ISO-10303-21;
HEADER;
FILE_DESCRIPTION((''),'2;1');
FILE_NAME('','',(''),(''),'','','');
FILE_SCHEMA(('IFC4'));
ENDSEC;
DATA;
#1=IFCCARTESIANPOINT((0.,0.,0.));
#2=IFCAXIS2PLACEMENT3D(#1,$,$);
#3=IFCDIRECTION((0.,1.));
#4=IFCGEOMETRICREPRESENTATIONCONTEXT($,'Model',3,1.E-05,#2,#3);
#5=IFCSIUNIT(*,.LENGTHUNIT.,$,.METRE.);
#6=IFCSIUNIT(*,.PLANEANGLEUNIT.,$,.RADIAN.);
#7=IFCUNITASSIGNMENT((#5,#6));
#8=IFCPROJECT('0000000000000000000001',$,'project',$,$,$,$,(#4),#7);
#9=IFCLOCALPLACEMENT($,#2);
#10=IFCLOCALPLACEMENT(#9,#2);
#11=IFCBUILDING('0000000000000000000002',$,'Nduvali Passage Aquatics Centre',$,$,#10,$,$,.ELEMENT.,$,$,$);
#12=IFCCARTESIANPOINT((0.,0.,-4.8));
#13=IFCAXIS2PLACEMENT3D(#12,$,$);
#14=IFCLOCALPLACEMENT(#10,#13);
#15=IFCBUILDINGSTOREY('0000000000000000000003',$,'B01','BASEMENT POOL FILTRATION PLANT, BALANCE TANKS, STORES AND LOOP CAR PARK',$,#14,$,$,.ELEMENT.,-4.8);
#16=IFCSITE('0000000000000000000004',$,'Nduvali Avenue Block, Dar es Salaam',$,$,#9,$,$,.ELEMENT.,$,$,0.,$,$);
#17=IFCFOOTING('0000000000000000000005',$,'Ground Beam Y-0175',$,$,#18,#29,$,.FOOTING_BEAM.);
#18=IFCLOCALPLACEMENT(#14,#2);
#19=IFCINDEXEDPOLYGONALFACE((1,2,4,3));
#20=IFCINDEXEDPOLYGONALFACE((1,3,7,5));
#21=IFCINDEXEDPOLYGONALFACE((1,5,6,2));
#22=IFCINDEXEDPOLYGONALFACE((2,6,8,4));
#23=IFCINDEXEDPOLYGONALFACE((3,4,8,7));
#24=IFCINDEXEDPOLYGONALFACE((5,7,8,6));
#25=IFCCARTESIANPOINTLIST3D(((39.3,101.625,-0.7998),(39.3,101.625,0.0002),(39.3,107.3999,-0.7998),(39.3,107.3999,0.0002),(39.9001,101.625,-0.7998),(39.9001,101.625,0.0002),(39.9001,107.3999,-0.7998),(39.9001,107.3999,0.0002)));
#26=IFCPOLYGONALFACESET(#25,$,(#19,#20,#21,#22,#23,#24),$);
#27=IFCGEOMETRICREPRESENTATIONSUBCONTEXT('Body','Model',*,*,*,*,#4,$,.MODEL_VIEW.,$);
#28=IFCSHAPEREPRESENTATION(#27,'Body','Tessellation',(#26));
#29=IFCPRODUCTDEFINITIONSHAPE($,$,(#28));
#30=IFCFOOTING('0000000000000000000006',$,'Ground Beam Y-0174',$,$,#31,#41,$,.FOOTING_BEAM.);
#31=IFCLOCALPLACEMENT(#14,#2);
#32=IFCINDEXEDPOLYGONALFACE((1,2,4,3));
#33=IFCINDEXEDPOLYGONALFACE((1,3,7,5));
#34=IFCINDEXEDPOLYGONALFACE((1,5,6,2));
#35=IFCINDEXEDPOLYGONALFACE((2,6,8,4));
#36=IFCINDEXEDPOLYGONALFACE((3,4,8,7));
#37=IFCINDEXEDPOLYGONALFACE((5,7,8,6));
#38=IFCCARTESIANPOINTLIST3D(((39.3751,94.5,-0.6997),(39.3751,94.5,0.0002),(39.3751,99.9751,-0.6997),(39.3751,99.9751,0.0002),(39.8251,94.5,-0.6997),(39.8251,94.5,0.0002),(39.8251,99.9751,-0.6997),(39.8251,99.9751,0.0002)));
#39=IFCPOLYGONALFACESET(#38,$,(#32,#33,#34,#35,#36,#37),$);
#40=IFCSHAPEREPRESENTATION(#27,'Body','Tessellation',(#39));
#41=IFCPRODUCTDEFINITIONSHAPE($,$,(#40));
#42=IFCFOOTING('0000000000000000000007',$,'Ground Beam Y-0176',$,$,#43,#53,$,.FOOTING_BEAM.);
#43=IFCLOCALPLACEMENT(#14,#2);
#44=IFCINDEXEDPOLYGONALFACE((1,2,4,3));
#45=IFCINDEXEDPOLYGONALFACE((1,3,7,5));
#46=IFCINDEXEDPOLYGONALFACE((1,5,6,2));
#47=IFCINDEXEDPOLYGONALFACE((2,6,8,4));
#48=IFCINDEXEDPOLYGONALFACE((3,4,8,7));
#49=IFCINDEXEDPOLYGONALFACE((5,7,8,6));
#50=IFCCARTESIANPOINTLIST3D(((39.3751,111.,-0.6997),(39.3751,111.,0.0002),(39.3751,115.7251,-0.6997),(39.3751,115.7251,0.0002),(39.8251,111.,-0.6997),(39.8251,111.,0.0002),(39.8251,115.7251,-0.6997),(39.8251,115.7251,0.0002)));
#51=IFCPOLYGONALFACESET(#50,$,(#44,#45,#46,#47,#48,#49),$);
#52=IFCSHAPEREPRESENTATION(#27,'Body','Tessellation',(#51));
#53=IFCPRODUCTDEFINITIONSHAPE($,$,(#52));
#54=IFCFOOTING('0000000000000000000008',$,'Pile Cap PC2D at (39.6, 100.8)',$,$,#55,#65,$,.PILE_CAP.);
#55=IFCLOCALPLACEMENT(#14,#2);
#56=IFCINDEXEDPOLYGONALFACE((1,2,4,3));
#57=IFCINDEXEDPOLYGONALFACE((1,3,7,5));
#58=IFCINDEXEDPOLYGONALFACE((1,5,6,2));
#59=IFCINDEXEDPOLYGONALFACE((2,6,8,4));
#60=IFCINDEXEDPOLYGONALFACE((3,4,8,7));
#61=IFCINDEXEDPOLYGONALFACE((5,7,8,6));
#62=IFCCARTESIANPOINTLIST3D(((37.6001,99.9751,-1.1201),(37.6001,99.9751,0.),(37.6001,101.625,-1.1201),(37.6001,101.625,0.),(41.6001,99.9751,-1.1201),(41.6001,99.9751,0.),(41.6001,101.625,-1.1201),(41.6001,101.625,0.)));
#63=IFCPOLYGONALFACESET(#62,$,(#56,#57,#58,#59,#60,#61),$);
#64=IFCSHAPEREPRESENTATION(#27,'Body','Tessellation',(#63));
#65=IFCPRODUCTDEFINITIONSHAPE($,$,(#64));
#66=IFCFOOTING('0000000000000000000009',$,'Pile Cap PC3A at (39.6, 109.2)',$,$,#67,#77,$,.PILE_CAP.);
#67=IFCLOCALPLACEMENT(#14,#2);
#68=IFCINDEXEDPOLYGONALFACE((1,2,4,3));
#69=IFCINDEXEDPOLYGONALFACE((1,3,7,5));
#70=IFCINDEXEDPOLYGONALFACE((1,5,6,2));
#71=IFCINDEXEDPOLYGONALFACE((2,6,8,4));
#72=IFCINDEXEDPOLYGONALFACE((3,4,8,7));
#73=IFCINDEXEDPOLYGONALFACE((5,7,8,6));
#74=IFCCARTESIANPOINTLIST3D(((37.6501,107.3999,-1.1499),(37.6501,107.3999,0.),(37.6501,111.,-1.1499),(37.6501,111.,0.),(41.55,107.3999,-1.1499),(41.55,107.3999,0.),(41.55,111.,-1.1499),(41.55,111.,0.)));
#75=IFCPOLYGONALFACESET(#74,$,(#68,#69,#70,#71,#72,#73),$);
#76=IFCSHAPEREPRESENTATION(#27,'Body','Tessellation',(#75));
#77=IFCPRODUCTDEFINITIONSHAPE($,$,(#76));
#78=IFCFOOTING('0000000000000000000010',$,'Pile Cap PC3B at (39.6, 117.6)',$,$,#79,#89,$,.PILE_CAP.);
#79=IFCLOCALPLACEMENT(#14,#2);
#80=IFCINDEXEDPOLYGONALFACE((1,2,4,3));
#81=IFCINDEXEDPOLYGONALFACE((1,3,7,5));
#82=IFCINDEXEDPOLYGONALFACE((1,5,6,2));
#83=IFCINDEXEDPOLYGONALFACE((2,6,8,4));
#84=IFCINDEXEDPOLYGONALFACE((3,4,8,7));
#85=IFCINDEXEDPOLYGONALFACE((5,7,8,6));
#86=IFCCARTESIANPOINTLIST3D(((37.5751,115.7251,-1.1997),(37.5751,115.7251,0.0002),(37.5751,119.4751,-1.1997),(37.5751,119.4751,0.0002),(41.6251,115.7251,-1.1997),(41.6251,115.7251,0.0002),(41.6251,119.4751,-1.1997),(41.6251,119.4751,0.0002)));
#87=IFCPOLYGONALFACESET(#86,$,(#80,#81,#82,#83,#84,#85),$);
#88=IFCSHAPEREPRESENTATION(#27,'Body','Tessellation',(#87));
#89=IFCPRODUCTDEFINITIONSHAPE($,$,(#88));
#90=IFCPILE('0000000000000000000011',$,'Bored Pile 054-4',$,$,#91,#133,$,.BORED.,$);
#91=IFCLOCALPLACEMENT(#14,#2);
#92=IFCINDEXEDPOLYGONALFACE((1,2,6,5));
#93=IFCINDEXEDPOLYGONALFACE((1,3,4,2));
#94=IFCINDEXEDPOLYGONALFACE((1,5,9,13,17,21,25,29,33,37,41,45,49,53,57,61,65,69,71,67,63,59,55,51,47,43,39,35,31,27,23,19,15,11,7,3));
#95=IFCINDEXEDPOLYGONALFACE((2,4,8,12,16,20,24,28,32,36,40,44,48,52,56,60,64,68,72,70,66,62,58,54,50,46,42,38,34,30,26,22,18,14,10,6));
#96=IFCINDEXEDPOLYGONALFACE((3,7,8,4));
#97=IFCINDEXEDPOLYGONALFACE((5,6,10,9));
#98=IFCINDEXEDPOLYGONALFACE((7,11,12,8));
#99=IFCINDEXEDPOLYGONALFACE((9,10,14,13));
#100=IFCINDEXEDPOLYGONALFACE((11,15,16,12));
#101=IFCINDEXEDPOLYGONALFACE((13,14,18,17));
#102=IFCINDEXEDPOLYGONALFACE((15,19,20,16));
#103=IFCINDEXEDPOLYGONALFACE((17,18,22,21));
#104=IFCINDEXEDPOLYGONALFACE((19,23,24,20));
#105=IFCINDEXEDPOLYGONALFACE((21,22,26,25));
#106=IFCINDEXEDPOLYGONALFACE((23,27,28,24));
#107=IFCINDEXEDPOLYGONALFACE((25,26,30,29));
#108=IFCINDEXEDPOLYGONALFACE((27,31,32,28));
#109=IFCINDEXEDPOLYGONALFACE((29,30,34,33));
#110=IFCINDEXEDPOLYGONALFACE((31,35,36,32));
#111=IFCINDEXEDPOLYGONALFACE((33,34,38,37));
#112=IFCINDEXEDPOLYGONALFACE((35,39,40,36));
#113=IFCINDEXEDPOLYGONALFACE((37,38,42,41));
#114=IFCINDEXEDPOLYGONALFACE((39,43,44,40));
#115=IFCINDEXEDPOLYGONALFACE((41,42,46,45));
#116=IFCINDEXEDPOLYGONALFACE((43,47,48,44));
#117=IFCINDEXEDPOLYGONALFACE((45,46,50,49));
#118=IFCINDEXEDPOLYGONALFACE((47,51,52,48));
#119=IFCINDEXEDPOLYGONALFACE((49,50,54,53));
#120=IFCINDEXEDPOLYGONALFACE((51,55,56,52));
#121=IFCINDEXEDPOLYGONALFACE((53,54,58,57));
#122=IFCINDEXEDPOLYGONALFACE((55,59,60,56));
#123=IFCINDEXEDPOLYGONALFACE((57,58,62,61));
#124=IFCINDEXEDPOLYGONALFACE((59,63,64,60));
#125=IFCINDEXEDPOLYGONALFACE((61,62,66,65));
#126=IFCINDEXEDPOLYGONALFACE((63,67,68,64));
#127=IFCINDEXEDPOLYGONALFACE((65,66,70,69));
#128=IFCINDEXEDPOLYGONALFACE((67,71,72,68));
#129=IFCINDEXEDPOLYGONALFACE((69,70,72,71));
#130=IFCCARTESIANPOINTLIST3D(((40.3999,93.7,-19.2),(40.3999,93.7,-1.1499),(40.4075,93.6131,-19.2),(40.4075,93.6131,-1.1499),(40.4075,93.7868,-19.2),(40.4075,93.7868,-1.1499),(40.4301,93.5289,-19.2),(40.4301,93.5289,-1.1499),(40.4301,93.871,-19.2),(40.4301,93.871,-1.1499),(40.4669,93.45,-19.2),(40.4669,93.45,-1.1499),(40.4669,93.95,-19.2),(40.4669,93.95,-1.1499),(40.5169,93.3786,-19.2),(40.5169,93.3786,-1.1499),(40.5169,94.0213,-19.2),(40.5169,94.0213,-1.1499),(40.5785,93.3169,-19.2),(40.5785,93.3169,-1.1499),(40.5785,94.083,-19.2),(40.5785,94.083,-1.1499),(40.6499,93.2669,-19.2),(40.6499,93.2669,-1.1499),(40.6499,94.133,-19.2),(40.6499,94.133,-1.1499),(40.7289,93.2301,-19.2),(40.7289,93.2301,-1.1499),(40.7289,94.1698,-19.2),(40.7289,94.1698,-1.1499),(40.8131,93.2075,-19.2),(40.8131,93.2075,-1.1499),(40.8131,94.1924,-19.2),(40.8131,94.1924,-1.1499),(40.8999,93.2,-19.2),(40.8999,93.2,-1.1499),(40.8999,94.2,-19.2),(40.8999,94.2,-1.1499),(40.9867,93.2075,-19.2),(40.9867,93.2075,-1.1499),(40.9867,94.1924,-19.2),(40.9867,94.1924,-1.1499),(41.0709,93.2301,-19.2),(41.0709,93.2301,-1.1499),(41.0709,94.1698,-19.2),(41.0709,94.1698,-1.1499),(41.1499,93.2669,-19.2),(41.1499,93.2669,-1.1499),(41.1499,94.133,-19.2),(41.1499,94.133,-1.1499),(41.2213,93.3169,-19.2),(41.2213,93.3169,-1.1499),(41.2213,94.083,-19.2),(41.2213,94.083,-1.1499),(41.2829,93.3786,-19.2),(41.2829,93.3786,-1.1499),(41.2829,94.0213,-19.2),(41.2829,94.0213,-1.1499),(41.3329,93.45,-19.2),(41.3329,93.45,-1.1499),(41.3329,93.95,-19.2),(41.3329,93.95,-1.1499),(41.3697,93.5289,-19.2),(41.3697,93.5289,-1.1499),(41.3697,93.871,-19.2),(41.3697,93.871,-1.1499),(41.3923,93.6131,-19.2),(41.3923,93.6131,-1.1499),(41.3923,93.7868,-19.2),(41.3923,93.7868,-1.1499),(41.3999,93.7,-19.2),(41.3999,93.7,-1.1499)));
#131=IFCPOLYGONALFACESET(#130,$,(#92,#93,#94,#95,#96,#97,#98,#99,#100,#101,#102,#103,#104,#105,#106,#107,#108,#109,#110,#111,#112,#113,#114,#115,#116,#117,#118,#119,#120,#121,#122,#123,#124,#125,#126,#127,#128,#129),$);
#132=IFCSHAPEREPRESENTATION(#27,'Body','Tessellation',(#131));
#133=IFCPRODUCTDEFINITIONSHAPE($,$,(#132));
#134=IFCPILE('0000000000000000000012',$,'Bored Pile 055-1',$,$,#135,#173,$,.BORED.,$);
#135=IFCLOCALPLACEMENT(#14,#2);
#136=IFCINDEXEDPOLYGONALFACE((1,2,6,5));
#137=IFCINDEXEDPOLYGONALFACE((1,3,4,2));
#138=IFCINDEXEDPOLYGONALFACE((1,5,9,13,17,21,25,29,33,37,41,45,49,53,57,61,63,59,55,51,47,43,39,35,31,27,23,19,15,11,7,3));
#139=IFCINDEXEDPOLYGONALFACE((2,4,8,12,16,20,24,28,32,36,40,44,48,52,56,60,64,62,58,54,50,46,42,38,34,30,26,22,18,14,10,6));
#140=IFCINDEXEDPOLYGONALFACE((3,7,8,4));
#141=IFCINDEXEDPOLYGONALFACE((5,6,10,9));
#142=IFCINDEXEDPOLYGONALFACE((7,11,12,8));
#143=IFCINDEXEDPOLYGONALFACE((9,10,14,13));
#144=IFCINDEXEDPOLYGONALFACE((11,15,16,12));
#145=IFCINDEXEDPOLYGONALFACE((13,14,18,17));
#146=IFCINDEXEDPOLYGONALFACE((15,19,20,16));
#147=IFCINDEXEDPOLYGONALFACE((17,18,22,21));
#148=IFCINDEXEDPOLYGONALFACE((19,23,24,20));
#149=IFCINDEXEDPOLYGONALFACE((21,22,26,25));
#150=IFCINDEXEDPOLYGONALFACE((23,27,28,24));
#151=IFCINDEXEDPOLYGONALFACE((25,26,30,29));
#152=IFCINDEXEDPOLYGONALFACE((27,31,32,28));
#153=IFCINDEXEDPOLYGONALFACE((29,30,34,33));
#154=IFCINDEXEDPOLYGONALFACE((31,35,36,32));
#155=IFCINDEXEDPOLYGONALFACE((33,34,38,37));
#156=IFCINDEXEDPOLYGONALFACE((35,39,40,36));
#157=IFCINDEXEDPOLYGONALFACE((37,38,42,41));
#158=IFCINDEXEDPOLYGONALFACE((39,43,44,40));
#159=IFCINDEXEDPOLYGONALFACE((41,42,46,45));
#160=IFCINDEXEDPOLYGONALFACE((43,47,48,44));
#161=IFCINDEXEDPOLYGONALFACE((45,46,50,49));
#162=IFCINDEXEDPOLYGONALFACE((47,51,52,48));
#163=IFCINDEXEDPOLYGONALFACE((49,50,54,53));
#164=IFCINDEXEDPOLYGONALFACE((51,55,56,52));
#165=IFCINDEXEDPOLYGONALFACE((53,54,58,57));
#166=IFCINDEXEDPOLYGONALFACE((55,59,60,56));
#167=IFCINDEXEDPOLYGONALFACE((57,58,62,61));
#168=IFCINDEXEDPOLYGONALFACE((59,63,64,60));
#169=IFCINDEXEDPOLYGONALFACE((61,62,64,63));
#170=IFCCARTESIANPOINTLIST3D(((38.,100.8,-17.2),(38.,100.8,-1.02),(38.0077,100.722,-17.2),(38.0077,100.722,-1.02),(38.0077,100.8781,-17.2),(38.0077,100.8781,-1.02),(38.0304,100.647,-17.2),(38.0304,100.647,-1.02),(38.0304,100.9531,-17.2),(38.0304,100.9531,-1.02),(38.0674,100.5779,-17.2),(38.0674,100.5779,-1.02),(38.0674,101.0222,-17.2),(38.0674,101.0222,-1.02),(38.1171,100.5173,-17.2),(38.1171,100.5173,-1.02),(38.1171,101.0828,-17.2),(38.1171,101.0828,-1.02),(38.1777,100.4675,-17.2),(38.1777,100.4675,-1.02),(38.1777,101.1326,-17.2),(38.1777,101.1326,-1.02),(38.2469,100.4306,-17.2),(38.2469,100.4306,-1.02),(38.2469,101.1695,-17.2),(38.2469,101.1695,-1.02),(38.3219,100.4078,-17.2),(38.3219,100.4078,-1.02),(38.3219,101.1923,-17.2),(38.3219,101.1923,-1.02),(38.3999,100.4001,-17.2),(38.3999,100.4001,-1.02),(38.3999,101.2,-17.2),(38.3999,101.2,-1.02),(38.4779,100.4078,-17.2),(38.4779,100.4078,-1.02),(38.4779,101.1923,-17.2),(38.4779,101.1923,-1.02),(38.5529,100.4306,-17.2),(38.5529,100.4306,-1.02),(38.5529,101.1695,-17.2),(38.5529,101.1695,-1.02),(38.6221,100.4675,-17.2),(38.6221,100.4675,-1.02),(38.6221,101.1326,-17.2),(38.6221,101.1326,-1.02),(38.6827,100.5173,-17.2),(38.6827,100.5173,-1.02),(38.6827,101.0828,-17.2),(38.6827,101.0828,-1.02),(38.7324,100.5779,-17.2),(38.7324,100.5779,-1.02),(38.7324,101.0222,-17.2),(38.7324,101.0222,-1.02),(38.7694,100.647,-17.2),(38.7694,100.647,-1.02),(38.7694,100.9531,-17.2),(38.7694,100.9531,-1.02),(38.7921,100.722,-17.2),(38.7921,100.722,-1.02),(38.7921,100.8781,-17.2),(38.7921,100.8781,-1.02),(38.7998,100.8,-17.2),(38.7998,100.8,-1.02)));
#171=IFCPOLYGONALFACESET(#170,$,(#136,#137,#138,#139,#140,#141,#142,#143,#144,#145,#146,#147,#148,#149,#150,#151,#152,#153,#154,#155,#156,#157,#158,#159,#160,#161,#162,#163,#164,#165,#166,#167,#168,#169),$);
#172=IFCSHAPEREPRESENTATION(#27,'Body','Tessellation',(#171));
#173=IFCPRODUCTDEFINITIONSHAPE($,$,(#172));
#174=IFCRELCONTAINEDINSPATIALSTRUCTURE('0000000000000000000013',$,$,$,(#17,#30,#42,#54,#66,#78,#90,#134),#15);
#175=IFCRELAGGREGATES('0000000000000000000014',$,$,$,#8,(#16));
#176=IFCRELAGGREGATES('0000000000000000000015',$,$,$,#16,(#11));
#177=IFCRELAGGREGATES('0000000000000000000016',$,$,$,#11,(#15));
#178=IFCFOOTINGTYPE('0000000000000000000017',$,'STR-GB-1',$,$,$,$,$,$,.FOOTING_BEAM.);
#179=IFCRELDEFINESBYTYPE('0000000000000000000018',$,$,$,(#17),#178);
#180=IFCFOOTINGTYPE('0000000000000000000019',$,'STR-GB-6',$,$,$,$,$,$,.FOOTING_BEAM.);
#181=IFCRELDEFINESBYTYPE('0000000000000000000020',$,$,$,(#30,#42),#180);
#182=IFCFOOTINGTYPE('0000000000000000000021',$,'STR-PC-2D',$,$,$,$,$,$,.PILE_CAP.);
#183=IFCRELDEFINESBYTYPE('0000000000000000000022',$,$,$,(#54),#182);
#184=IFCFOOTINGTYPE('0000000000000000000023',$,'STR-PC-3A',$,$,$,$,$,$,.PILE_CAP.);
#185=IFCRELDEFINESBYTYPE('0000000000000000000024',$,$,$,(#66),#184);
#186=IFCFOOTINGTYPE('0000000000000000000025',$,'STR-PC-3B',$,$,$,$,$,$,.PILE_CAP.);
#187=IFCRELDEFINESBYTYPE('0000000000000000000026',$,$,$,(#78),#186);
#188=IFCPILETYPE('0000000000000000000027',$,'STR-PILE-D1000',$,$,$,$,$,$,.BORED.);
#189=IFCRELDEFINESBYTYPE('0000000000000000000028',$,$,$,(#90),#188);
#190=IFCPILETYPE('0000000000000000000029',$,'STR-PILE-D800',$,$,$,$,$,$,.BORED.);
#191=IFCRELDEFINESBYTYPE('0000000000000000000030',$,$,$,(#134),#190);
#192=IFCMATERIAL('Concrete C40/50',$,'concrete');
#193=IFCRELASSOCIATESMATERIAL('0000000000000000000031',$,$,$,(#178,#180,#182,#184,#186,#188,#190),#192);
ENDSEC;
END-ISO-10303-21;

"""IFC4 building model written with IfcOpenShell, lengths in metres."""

from ifc_helpers import new_model, si_unit, direction, frame, origin, origin_2d, place, context, subcontext, project, spatial, rectangle, circle, extrude, material, material_profile, profile_set, type_object, element, save


model = new_model("IFC4")

# Units and contexts
model_context = context("Model", 3, precision=1e-05, world=origin(), true_north=direction((0.0, 1.0)))
body_context = subcontext(model_context, "Body", "Model", "MODEL_VIEW")
ifc_project = project(units=[si_unit("LENGTHUNIT", "METRE"), si_unit("PLANEANGLEUNIT", "RADIAN")], contexts=[model_context])

# Site, building, storey
site_placement = place(None, origin())
site = spatial("IfcSite", under=ifc_project, at=site_placement, Name="Nduvali Avenue Block, Dar es Salaam", CompositionType="ELEMENT", RefElevation=0.0)
building_placement = place(site_placement, origin())
building = spatial("IfcBuilding", under=site, at=building_placement, Name="Nduvali Passage Aquatics Centre", CompositionType="ELEMENT")
storey_placement = place(building_placement, frame((0.0, 0.0, -4.8)))
storey = spatial("IfcBuildingStorey", under=building, at=storey_placement, Name="B01", Description="BASEMENT POOL FILTRATION PLANT, BALANCE TANKS, STORES AND LOOP CAR PARK", CompositionType="ELEMENT", Elevation=-4.8)

# Footings
ifc_material_1 = material(Name="Concrete C40/50", Category="concrete")
footing_type_1 = type_object("IfcFootingType", Name="STR-GB-1", PredefinedType="FOOTING_BEAM", material=ifc_material_1)
footing_1_placement = place(storey_placement, frame((39.6001, 104.5125, -0.7998), z_axis=(0.0, 0.0, 1.0), x_axis=(0.0, 1.0, 0.0)))
element("IfcFooting", 1, at=footing_1_placement, inside=storey, type_object=footing_type_1, Name="Ground Beam Y-0175", PredefinedType="FOOTING_BEAM", context=body_context, shape_type="SweptSolid", body=[
    extrude(rectangle(XDim=5.7749, YDim=0.6001, at=origin_2d()), origin(), (0.0, 0.0, 1.0), 0.8),
])
footing_type_2 = type_object("IfcFootingType", Name="STR-GB-6", PredefinedType="FOOTING_BEAM", material=ifc_material_1)
footing_2_placement = place(storey_placement, frame((39.6001, 97.2375, -0.6997), z_axis=(0.0, 0.0, 1.0), x_axis=(0.0, 1.0, 0.0)))
element("IfcFooting", 2, at=footing_2_placement, inside=storey, type_object=footing_type_2, Name="Ground Beam Y-0174", PredefinedType="FOOTING_BEAM", context=body_context, shape_type="SweptSolid", body=[
    extrude(rectangle(XDim=5.4751, YDim=0.45, at=origin_2d()), origin(), (0.0, 0.0, 1.0), 0.7),
])
footing_3_placement = place(storey_placement, frame((39.6001, 113.3625, -0.6997), z_axis=(0.0, 0.0, 1.0), x_axis=(0.0, 1.0, 0.0)))
element("IfcFooting", 3, at=footing_3_placement, inside=storey, type_object=footing_type_2, Name="Ground Beam Y-0176", PredefinedType="FOOTING_BEAM", context=body_context, shape_type="SweptSolid", body=[
    extrude(rectangle(XDim=4.7251, YDim=0.45, at=origin_2d()), origin(), (0.0, 0.0, 1.0), 0.7),
])
footing_type_3 = type_object("IfcFootingType", Name="STR-PC-2D", PredefinedType="PILE_CAP", material=ifc_material_1)
footing_4_placement = place(storey_placement, frame((39.6001, 100.8, -1.1201), z_axis=(0.0, 0.0, 1.0), x_axis=(1.0, 0.0, 0.0)))
element("IfcFooting", 4, at=footing_4_placement, inside=storey, type_object=footing_type_3, Name="Pile Cap PC2D at (39.6, 100.8)", PredefinedType="PILE_CAP", context=body_context, shape_type="SweptSolid", body=[
    extrude(rectangle(XDim=4.0, YDim=1.6499, at=origin_2d()), origin(), (0.0, 0.0, 1.0), 1.1201),
])
footing_type_4 = type_object("IfcFootingType", Name="STR-PC-3A", PredefinedType="PILE_CAP", material=ifc_material_1)
footing_5_placement = place(storey_placement, frame((39.6001, 109.2, -1.1499), z_axis=(0.0, 0.0, 1.0), x_axis=(1.0, 0.0, 0.0)))
element("IfcFooting", 5, at=footing_5_placement, inside=storey, type_object=footing_type_4, Name="Pile Cap PC3A at (39.6, 109.2)", PredefinedType="PILE_CAP", context=body_context, shape_type="SweptSolid", body=[
    extrude(rectangle(XDim=3.8999, YDim=3.6001, at=origin_2d()), origin(), (0.0, 0.0, 1.0), 1.1499),
])
footing_type_5 = type_object("IfcFootingType", Name="STR-PC-3B", PredefinedType="PILE_CAP", material=ifc_material_1)
footing_6_placement = place(storey_placement, frame((39.6001, 117.6001, -1.1997), z_axis=(0.0, 0.0, 1.0), x_axis=(1.0, 0.0, 0.0)))
element("IfcFooting", 6, at=footing_6_placement, inside=storey, type_object=footing_type_5, Name="Pile Cap PC3B at (39.6, 117.6)", PredefinedType="PILE_CAP", context=body_context, shape_type="SweptSolid", body=[
    extrude(rectangle(XDim=4.05, YDim=3.75, at=origin_2d()), origin(), (0.0, 0.0, 1.0), 1.2),
])

# Piles
ifc_material_profile_1 = material_profile(ifc_material_1, circle(Radius=0.5, at=origin_2d()), Name="PILE D1000")
ifc_profile_set_1 = profile_set([ifc_material_profile_1], Name="Concrete C40/50")
pile_type_1 = type_object("IfcPileType", Name="STR-PILE-D1000", PredefinedType="BORED", material=ifc_profile_set_1)
pile_placement = place(storey_placement, frame((40.8999, 93.7, -1.1499), z_axis=(0.0, 0.0, -1.0), x_axis=(1.0, 0.0, 0.0)))
element("IfcPile", 7, at=pile_placement, inside=storey, type_object=pile_type_1, Name="Bored Pile 054-4", PredefinedType="BORED", context=body_context, shape_type="SweptSolid", body=[
    extrude(circle(Radius=0.5, at=origin_2d()), origin(), (0.0, 0.0, 1.0), 18.05),
])
ifc_material_profile_2 = material_profile(ifc_material_1, circle(Radius=0.3999, at=origin_2d()), Name="PILE D800")
ifc_profile_set_2 = profile_set([ifc_material_profile_2], Name="Concrete C40/50")
pile_type_2 = type_object("IfcPileType", Name="STR-PILE-D800", PredefinedType="BORED", material=ifc_profile_set_2)
for number, where, z_axis, x_axis, name in (
    (8, (38.3999, 100.8, -1.02), (0.0, 0.0, -1.0), (1.0, 0.0, 0.0), "Bored Pile 055-1"),
):
    element("IfcPile", number, at=place(storey_placement, frame(where, z_axis=z_axis, x_axis=x_axis)), inside=storey, type_object=pile_type_2, Name=name, PredefinedType="BORED", context=body_context, shape_type="SweptSolid", body=[
        extrude(circle(Radius=0.3999, at=origin_2d()), origin(), (0.0, 0.0, 1.0), 16.1799),
    ])

save(model, "model.ifc")
